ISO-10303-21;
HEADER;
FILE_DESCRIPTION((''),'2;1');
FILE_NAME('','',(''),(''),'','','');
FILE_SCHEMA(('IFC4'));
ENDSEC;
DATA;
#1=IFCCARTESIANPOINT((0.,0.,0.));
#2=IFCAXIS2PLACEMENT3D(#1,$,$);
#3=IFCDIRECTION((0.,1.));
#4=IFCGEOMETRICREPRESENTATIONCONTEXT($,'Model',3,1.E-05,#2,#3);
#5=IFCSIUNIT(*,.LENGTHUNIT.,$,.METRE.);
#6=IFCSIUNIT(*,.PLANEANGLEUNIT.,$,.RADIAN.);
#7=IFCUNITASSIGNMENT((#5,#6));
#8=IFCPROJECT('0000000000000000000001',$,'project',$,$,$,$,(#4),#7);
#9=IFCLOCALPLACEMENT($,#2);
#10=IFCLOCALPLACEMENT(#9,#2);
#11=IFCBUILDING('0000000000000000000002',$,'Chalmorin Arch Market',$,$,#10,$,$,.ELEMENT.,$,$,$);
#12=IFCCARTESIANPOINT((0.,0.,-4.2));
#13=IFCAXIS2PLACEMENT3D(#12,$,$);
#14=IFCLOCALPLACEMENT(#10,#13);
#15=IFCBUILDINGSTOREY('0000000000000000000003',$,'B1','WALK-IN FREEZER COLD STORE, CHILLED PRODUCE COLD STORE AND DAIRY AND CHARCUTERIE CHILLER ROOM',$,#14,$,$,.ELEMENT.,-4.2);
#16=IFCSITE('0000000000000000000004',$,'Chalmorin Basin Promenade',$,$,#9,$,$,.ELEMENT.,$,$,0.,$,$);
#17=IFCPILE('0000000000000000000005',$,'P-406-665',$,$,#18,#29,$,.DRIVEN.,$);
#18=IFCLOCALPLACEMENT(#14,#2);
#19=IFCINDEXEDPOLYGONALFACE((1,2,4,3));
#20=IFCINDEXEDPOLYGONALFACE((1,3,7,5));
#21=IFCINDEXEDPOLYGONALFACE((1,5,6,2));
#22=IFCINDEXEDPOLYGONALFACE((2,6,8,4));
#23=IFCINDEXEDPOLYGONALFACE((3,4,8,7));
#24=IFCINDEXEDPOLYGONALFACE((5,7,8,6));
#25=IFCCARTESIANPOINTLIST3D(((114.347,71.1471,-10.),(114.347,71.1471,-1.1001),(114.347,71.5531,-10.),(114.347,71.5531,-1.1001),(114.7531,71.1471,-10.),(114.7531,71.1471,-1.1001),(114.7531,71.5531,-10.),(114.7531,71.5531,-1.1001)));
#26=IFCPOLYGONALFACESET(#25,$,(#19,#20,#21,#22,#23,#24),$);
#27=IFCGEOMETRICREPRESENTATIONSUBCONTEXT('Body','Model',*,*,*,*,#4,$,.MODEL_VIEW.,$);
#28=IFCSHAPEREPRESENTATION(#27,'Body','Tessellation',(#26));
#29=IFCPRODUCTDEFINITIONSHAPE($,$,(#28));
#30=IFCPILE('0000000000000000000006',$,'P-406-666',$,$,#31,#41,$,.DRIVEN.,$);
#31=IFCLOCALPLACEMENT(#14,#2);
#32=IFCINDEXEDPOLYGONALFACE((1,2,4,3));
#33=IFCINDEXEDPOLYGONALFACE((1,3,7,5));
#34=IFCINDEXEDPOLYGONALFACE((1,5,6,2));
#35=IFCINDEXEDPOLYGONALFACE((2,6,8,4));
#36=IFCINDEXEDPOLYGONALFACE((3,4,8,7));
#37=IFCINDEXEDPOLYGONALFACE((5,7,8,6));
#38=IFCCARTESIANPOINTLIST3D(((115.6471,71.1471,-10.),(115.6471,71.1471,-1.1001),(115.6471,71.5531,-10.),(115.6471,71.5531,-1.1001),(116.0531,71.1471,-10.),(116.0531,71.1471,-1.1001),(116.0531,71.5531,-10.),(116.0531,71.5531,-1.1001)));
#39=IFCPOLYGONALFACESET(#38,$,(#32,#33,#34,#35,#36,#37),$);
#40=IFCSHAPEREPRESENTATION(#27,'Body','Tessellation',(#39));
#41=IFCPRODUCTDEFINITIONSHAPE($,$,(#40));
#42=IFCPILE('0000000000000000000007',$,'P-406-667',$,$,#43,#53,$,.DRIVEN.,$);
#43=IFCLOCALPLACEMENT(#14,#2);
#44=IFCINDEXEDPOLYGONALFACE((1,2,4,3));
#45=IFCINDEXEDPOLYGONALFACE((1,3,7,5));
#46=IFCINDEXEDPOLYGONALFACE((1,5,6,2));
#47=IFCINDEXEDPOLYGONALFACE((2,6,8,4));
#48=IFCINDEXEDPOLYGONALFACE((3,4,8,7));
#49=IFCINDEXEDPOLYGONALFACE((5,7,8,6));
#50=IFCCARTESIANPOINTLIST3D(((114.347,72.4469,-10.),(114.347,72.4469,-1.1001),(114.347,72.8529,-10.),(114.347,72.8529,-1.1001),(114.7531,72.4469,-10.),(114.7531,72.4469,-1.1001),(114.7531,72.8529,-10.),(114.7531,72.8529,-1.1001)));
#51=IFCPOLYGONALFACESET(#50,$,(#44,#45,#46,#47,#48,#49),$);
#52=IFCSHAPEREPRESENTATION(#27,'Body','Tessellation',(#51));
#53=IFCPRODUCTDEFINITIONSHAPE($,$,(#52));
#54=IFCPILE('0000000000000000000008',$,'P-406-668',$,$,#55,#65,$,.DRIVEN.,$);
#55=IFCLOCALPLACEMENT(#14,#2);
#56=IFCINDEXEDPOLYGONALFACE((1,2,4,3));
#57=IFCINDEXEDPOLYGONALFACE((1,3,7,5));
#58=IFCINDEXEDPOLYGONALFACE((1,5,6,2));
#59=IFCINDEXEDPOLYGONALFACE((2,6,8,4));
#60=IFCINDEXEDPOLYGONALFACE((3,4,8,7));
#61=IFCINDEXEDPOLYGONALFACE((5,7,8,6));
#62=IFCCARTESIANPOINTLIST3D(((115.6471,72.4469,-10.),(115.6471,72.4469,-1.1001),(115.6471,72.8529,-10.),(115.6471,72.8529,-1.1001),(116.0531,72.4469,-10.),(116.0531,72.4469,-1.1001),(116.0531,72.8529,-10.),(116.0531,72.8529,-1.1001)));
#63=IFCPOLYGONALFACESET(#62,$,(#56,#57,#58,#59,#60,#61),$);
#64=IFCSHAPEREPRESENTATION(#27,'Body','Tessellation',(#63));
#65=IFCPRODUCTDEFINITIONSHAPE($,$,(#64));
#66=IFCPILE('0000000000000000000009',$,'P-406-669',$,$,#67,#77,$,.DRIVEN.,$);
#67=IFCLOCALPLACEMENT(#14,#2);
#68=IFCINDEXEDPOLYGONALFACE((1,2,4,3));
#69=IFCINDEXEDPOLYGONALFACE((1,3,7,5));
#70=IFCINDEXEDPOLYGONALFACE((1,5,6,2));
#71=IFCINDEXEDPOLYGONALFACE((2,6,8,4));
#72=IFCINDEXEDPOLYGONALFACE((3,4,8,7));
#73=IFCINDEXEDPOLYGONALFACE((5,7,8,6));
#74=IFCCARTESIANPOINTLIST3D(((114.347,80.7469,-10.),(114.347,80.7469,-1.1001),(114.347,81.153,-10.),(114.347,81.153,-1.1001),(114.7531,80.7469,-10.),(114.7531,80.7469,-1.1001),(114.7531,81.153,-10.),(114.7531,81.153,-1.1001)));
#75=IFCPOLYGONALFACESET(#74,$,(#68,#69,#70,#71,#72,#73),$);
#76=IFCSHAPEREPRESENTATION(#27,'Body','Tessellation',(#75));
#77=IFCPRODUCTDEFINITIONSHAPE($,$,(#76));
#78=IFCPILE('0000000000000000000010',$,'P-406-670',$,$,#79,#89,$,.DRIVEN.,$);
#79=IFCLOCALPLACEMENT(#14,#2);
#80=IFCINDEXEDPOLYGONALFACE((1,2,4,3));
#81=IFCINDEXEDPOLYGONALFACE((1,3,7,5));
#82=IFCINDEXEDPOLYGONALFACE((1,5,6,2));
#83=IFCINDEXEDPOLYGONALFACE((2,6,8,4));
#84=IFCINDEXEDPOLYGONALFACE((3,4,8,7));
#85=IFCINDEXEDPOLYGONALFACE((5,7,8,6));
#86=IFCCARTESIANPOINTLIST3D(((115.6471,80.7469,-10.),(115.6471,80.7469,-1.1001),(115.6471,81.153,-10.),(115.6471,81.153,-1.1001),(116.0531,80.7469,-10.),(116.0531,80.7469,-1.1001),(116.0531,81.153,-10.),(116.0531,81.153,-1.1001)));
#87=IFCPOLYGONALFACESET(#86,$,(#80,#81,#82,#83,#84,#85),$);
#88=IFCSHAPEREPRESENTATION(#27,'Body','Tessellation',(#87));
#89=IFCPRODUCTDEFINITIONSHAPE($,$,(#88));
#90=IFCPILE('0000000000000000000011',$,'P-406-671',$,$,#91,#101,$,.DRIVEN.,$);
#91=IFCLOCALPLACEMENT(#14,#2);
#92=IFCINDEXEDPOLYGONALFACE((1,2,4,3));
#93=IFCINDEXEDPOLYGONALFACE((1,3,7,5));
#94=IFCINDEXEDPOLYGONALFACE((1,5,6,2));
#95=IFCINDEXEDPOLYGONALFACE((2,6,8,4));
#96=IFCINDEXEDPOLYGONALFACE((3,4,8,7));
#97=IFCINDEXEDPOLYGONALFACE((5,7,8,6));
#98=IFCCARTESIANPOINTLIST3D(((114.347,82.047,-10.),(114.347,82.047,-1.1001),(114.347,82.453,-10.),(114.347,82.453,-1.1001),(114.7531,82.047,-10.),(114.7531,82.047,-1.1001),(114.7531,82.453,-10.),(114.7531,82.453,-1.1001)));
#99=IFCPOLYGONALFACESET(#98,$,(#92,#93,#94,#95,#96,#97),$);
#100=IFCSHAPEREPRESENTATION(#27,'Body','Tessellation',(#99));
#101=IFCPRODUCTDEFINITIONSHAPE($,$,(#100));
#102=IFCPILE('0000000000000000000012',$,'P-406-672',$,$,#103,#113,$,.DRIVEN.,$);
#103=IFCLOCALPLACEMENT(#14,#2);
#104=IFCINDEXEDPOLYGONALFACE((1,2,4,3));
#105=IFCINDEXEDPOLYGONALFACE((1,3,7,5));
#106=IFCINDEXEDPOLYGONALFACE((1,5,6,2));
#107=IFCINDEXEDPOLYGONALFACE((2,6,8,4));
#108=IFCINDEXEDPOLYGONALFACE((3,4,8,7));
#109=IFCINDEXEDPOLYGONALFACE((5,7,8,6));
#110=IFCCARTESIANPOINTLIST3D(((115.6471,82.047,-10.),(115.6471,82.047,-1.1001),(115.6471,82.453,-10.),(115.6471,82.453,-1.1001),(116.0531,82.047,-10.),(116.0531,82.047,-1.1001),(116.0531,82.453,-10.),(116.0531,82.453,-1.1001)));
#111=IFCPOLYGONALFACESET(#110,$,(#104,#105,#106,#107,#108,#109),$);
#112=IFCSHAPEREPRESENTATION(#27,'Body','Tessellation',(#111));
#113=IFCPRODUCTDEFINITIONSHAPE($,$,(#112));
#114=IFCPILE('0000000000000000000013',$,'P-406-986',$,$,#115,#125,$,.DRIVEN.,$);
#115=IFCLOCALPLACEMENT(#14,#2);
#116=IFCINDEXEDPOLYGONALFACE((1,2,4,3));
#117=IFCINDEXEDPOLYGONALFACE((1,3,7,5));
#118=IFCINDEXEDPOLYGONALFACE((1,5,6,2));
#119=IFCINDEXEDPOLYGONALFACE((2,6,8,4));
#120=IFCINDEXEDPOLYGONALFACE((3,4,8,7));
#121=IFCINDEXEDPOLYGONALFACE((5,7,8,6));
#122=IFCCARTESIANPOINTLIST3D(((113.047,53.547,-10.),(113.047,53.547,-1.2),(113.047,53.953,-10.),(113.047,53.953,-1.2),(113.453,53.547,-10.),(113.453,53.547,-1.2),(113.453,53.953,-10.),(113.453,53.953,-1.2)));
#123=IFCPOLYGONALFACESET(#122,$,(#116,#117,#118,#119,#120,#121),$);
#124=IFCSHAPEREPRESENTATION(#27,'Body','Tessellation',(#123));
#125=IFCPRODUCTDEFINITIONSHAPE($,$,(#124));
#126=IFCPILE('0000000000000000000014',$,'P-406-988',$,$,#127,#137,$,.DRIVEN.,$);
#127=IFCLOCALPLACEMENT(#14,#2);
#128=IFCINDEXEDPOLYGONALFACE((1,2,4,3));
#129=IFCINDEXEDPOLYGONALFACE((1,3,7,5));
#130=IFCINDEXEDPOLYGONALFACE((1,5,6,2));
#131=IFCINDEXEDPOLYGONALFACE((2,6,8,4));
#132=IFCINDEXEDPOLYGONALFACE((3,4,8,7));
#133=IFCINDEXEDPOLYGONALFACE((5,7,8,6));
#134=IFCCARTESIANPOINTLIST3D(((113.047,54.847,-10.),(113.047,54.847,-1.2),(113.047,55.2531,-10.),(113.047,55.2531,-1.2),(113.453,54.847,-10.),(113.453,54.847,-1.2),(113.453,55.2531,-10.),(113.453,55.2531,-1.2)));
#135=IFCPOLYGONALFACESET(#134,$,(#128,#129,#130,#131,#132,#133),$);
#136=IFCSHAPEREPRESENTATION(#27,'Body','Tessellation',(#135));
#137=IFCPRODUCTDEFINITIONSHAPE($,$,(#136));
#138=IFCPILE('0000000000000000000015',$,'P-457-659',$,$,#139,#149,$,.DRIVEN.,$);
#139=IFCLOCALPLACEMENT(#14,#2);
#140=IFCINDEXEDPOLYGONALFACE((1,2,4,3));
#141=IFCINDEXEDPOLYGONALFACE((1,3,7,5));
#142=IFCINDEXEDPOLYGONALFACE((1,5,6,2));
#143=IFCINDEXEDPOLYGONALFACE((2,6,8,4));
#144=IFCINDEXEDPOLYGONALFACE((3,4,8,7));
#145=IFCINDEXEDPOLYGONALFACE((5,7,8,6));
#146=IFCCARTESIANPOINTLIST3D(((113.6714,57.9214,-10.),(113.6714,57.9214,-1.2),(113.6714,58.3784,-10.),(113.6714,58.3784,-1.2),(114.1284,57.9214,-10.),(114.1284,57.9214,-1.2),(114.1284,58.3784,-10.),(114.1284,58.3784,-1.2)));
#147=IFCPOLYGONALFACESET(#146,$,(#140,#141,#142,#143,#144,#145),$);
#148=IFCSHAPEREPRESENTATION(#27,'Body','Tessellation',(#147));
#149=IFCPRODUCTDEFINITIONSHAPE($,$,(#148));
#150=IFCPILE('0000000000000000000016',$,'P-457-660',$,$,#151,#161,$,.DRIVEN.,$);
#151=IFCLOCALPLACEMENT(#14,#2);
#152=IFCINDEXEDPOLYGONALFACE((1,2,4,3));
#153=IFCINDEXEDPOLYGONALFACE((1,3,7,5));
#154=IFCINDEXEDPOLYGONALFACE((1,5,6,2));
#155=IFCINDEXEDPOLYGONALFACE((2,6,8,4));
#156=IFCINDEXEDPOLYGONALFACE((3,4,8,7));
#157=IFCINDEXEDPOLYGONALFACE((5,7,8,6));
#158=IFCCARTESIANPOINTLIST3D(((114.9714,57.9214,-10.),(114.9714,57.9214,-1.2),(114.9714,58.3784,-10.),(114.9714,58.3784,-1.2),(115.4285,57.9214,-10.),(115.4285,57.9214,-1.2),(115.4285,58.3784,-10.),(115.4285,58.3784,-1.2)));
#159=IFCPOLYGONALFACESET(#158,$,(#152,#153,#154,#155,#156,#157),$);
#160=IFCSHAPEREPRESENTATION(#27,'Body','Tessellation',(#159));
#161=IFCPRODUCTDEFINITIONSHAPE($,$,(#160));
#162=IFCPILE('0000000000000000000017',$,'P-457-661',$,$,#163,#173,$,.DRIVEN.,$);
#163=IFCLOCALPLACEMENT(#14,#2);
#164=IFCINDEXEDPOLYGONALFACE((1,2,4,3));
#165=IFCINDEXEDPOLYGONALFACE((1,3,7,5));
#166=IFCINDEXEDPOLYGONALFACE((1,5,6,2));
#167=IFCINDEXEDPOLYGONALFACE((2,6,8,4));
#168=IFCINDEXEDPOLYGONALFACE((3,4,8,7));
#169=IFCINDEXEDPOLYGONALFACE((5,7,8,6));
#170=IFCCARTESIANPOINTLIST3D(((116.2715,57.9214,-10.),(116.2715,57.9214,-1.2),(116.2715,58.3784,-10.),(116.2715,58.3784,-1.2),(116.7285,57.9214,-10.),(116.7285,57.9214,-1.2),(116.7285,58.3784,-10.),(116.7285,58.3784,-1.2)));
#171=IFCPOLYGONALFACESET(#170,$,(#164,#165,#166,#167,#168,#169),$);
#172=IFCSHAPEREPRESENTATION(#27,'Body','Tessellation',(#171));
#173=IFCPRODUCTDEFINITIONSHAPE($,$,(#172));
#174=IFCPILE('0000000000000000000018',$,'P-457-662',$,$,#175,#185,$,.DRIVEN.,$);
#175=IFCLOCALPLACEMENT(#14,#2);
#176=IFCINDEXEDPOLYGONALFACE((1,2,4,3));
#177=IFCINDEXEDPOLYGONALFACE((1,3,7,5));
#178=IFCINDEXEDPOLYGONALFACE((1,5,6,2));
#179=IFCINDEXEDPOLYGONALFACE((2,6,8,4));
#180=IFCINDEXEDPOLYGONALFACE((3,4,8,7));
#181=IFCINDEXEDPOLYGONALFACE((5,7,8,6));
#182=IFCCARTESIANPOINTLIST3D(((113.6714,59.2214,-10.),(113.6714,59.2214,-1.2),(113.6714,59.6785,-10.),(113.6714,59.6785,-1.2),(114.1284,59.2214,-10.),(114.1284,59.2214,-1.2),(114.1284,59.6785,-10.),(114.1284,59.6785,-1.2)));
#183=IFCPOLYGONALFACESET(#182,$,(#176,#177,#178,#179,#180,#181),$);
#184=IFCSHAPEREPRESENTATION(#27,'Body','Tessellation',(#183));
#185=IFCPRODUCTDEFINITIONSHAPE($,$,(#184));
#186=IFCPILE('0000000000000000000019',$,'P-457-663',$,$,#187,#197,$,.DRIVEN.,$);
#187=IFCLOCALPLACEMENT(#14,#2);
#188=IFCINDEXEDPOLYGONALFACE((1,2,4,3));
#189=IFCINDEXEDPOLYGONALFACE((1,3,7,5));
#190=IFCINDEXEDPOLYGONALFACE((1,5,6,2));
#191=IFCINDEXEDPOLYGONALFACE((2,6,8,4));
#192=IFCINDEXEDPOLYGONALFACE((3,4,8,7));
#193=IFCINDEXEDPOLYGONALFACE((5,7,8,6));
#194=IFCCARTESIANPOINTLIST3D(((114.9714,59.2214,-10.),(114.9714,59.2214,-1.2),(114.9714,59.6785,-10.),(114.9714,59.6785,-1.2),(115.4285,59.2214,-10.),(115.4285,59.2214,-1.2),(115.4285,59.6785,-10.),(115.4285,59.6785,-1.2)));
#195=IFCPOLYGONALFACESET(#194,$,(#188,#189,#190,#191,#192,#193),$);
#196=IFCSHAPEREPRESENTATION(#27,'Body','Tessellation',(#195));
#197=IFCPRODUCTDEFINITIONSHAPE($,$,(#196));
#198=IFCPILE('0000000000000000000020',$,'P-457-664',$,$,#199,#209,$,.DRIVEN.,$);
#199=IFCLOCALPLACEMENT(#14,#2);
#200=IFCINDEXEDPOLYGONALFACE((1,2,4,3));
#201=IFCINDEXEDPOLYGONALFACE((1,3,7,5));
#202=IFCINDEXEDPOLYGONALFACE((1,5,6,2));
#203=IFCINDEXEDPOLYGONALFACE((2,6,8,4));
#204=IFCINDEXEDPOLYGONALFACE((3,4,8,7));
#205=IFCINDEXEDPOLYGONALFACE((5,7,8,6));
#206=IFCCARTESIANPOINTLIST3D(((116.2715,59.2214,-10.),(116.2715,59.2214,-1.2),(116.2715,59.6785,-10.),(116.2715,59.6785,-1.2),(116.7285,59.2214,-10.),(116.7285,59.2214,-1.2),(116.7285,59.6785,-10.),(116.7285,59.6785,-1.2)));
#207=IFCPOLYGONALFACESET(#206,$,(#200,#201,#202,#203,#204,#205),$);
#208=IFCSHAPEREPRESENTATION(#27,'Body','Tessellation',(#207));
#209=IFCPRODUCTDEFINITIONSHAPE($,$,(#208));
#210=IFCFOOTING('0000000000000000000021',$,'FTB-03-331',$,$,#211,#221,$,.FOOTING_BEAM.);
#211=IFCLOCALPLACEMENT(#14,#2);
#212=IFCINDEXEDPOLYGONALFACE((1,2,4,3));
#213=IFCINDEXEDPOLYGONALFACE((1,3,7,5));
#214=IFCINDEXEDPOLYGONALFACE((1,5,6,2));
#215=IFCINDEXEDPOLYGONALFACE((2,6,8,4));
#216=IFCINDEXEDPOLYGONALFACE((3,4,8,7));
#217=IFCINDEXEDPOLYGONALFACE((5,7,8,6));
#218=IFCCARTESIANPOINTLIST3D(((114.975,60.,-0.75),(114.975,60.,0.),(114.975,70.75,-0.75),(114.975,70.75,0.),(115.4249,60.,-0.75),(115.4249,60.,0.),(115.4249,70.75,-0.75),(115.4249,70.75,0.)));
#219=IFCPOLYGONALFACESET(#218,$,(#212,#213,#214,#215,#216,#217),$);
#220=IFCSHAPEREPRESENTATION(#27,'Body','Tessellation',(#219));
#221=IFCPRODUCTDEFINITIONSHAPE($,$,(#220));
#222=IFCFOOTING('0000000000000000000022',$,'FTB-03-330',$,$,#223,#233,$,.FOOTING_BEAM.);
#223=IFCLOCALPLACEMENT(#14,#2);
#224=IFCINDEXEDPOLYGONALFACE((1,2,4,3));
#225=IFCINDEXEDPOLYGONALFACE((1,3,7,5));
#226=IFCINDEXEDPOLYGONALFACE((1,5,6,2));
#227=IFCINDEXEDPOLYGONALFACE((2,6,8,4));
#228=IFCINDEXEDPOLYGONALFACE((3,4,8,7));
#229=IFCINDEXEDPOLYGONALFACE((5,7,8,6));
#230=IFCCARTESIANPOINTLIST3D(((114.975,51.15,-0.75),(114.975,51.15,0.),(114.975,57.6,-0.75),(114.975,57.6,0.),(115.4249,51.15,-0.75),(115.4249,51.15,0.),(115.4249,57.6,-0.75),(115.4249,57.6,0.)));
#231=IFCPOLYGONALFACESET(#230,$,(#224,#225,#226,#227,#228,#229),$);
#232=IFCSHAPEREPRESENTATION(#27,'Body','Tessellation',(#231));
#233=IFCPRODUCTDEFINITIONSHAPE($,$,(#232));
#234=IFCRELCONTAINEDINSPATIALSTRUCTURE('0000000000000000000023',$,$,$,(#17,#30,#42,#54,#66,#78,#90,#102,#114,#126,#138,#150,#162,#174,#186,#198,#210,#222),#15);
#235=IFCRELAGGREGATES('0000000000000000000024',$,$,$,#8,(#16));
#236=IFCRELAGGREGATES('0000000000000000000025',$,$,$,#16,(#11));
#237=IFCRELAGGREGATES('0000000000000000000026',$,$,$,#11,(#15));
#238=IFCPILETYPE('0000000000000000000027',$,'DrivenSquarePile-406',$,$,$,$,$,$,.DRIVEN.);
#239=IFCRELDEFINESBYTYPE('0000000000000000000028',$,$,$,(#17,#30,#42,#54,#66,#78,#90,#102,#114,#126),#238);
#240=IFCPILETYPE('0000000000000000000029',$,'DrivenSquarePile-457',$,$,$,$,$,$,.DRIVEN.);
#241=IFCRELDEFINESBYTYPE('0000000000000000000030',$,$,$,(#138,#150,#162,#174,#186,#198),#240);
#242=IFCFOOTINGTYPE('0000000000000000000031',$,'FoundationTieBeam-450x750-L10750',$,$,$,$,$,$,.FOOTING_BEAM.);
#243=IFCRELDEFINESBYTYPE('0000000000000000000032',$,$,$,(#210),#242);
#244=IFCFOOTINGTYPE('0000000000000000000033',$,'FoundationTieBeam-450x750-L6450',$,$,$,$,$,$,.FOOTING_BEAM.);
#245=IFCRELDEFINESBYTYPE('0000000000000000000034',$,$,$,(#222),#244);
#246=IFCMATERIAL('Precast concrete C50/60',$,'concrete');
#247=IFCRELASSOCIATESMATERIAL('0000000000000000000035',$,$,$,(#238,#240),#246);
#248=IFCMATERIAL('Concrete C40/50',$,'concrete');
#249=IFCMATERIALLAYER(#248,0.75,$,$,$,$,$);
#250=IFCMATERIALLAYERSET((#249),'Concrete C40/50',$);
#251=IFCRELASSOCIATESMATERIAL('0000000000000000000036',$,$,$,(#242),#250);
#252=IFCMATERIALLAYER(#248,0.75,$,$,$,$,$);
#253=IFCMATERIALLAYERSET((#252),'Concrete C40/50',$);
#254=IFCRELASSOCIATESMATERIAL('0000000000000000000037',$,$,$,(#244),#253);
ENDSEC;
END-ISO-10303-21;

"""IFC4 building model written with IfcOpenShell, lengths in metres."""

from ifc_helpers import new_model, si_unit, direction, frame, origin, origin_2d, place, context, subcontext, project, spatial, rectangle, extrude, material, layer, layer_set, material_profile, profile_set, type_object, element, save


model = new_model("IFC4")

# Units and contexts
model_context = context("Model", 3, precision=1e-05, world=origin(), true_north=direction((0.0, 1.0)))
body_context = subcontext(model_context, "Body", "Model", "MODEL_VIEW")
ifc_project = project(units=[si_unit("LENGTHUNIT", "METRE"), si_unit("PLANEANGLEUNIT", "RADIAN")], contexts=[model_context])

# Site, building, storey
site_placement = place(None, origin())
site = spatial("IfcSite", under=ifc_project, at=site_placement, Name="Chalmorin Basin Promenade", CompositionType="ELEMENT", RefElevation=0.0)
building_placement = place(site_placement, origin())
building = spatial("IfcBuilding", under=site, at=building_placement, Name="Chalmorin Arch Market", CompositionType="ELEMENT")
storey_placement = place(building_placement, frame((0.0, 0.0, -4.2)))
storey = spatial("IfcBuildingStorey", under=building, at=storey_placement, Name="B1", Description="WALK-IN FREEZER COLD STORE, CHILLED PRODUCE COLD STORE AND DAIRY AND CHARCUTERIE CHILLER ROOM", CompositionType="ELEMENT", Elevation=-4.2)

# Piles
ifc_material_1 = material(Name="Precast concrete C50/60", Category="concrete")
ifc_material_profile_1 = material_profile(ifc_material_1, rectangle(XDim=0.406, YDim=0.406, at=origin_2d()), Name="PPC406")
ifc_profile_set_1 = profile_set([ifc_material_profile_1], Name="Precast concrete C50/60")
pile_type_1 = type_object("IfcPileType", Name="DrivenSquarePile-406", PredefinedType="DRIVEN", material=ifc_profile_set_1)
for number, where, z_axis, x_axis, name in (
    (1, (114.55, 71.3501, -1.1001), (0.0, 0.0, -1.0), (1.0, 0.0, 0.0), "P-406-665"),
    (2, (115.8501, 71.3501, -1.1001), (0.0, 0.0, -1.0), (1.0, 0.0, 0.0), "P-406-666"),
    (3, (114.55, 72.6499, -1.1001), (0.0, 0.0, -1.0), (1.0, 0.0, 0.0), "P-406-667"),
    (4, (115.8501, 72.6499, -1.1001), (0.0, 0.0, -1.0), (1.0, 0.0, 0.0), "P-406-668"),
    (5, (114.55, 80.95, -1.1001), (0.0, 0.0, -1.0), (1.0, 0.0, 0.0), "P-406-669"),
    (6, (115.8501, 80.95, -1.1001), (0.0, 0.0, -1.0), (1.0, 0.0, 0.0), "P-406-670"),
    (7, (114.55, 82.25, -1.1001), (0.0, 0.0, -1.0), (1.0, 0.0, 0.0), "P-406-671"),
    (8, (115.8501, 82.25, -1.1001), (0.0, 0.0, -1.0), (1.0, 0.0, 0.0), "P-406-672"),
):
    element("IfcPile", number, at=place(storey_placement, frame(where, z_axis=z_axis, x_axis=x_axis)), inside=storey, type_object=pile_type_1, Name=name, PredefinedType="DRIVEN", context=body_context, shape_type="SweptSolid", body=[
        extrude(rectangle(XDim=0.406, YDim=0.406, at=origin_2d()), origin(), (0.0, 0.0, 1.0), 8.8999),
    ])
for number, where, z_axis, x_axis, name in (
    (9, (113.25, 53.75, -1.2), (0.0, 0.0, -1.0), (1.0, 0.0, 0.0), "P-406-986"),
    (10, (113.25, 55.05, -1.2), (0.0, 0.0, -1.0), (1.0, 0.0, 0.0), "P-406-988"),
):
    element("IfcPile", number, at=place(storey_placement, frame(where, z_axis=z_axis, x_axis=x_axis)), inside=storey, type_object=pile_type_1, Name=name, PredefinedType="DRIVEN", context=body_context, shape_type="SweptSolid", body=[
        extrude(rectangle(XDim=0.406, YDim=0.406, at=origin_2d()), origin(), (0.0, 0.0, 1.0), 8.8),
    ])
ifc_material_profile_2 = material_profile(ifc_material_1, rectangle(XDim=0.457, YDim=0.457, at=origin_2d()), Name="PPC457")
ifc_profile_set_2 = profile_set([ifc_material_profile_2], Name="Precast concrete C50/60")
pile_type_2 = type_object("IfcPileType", Name="DrivenSquarePile-457", PredefinedType="DRIVEN", material=ifc_profile_set_2)
for number, where, z_axis, x_axis, name in (
    (11, (113.8999, 58.1499, -1.2), (0.0, 0.0, -1.0), (1.0, 0.0, 0.0), "P-457-659"),
    (12, (115.2, 58.1499, -1.2), (0.0, 0.0, -1.0), (1.0, 0.0, 0.0), "P-457-660"),
    (13, (116.5, 58.1499, -1.2), (0.0, 0.0, -1.0), (1.0, 0.0, 0.0), "P-457-661"),
    (14, (113.8999, 59.45, -1.2), (0.0, 0.0, -1.0), (1.0, 0.0, 0.0), "P-457-662"),
    (15, (115.2, 59.45, -1.2), (0.0, 0.0, -1.0), (1.0, 0.0, 0.0), "P-457-663"),
    (16, (116.5, 59.45, -1.2), (0.0, 0.0, -1.0), (1.0, 0.0, 0.0), "P-457-664"),
):
    element("IfcPile", number, at=place(storey_placement, frame(where, z_axis=z_axis, x_axis=x_axis)), inside=storey, type_object=pile_type_2, Name=name, PredefinedType="DRIVEN", context=body_context, shape_type="SweptSolid", body=[
        extrude(rectangle(XDim=0.457, YDim=0.457, at=origin_2d()), origin(), (0.0, 0.0, 1.0), 8.8),
    ])

# Footings
ifc_material_2 = material(Name="Concrete C40/50", Category="concrete")
ifc_layer_1 = layer(ifc_material_2, 0.75)
ifc_layer_set_1 = layer_set([ifc_layer_1], Name="Concrete C40/50")
footing_type_1 = type_object("IfcFootingType", Name="FoundationTieBeam-450x750-L10750", PredefinedType="FOOTING_BEAM", material=ifc_layer_set_1)
footing_1_placement = place(storey_placement, frame((115.2, 65.375, -0.75), z_axis=(0.0, 0.0, 1.0), x_axis=(0.0, 1.0, 0.0)))
element("IfcFooting", 17, at=footing_1_placement, inside=storey, type_object=footing_type_1, Name="FTB-03-331", PredefinedType="FOOTING_BEAM", context=body_context, shape_type="SweptSolid", body=[
    extrude(rectangle(XDim=10.75, YDim=0.45, at=origin_2d()), origin(), (0.0, 0.0, 1.0), 0.75),
])
ifc_layer_2 = layer(ifc_material_2, 0.75)
ifc_layer_set_2 = layer_set([ifc_layer_2], Name="Concrete C40/50")
footing_type_2 = type_object("IfcFootingType", Name="FoundationTieBeam-450x750-L6450", PredefinedType="FOOTING_BEAM", material=ifc_layer_set_2)
footing_2_placement = place(storey_placement, frame((115.2, 54.375, -0.75), z_axis=(0.0, 0.0, 1.0), x_axis=(0.0, 1.0, 0.0)))
element("IfcFooting", 18, at=footing_2_placement, inside=storey, type_object=footing_type_2, Name="FTB-03-330", PredefinedType="FOOTING_BEAM", context=body_context, shape_type="SweptSolid", body=[
    extrude(rectangle(XDim=6.45, YDim=0.45, at=origin_2d()), origin(), (0.0, 0.0, 1.0), 0.75),
])

save(model, "model.ifc")
